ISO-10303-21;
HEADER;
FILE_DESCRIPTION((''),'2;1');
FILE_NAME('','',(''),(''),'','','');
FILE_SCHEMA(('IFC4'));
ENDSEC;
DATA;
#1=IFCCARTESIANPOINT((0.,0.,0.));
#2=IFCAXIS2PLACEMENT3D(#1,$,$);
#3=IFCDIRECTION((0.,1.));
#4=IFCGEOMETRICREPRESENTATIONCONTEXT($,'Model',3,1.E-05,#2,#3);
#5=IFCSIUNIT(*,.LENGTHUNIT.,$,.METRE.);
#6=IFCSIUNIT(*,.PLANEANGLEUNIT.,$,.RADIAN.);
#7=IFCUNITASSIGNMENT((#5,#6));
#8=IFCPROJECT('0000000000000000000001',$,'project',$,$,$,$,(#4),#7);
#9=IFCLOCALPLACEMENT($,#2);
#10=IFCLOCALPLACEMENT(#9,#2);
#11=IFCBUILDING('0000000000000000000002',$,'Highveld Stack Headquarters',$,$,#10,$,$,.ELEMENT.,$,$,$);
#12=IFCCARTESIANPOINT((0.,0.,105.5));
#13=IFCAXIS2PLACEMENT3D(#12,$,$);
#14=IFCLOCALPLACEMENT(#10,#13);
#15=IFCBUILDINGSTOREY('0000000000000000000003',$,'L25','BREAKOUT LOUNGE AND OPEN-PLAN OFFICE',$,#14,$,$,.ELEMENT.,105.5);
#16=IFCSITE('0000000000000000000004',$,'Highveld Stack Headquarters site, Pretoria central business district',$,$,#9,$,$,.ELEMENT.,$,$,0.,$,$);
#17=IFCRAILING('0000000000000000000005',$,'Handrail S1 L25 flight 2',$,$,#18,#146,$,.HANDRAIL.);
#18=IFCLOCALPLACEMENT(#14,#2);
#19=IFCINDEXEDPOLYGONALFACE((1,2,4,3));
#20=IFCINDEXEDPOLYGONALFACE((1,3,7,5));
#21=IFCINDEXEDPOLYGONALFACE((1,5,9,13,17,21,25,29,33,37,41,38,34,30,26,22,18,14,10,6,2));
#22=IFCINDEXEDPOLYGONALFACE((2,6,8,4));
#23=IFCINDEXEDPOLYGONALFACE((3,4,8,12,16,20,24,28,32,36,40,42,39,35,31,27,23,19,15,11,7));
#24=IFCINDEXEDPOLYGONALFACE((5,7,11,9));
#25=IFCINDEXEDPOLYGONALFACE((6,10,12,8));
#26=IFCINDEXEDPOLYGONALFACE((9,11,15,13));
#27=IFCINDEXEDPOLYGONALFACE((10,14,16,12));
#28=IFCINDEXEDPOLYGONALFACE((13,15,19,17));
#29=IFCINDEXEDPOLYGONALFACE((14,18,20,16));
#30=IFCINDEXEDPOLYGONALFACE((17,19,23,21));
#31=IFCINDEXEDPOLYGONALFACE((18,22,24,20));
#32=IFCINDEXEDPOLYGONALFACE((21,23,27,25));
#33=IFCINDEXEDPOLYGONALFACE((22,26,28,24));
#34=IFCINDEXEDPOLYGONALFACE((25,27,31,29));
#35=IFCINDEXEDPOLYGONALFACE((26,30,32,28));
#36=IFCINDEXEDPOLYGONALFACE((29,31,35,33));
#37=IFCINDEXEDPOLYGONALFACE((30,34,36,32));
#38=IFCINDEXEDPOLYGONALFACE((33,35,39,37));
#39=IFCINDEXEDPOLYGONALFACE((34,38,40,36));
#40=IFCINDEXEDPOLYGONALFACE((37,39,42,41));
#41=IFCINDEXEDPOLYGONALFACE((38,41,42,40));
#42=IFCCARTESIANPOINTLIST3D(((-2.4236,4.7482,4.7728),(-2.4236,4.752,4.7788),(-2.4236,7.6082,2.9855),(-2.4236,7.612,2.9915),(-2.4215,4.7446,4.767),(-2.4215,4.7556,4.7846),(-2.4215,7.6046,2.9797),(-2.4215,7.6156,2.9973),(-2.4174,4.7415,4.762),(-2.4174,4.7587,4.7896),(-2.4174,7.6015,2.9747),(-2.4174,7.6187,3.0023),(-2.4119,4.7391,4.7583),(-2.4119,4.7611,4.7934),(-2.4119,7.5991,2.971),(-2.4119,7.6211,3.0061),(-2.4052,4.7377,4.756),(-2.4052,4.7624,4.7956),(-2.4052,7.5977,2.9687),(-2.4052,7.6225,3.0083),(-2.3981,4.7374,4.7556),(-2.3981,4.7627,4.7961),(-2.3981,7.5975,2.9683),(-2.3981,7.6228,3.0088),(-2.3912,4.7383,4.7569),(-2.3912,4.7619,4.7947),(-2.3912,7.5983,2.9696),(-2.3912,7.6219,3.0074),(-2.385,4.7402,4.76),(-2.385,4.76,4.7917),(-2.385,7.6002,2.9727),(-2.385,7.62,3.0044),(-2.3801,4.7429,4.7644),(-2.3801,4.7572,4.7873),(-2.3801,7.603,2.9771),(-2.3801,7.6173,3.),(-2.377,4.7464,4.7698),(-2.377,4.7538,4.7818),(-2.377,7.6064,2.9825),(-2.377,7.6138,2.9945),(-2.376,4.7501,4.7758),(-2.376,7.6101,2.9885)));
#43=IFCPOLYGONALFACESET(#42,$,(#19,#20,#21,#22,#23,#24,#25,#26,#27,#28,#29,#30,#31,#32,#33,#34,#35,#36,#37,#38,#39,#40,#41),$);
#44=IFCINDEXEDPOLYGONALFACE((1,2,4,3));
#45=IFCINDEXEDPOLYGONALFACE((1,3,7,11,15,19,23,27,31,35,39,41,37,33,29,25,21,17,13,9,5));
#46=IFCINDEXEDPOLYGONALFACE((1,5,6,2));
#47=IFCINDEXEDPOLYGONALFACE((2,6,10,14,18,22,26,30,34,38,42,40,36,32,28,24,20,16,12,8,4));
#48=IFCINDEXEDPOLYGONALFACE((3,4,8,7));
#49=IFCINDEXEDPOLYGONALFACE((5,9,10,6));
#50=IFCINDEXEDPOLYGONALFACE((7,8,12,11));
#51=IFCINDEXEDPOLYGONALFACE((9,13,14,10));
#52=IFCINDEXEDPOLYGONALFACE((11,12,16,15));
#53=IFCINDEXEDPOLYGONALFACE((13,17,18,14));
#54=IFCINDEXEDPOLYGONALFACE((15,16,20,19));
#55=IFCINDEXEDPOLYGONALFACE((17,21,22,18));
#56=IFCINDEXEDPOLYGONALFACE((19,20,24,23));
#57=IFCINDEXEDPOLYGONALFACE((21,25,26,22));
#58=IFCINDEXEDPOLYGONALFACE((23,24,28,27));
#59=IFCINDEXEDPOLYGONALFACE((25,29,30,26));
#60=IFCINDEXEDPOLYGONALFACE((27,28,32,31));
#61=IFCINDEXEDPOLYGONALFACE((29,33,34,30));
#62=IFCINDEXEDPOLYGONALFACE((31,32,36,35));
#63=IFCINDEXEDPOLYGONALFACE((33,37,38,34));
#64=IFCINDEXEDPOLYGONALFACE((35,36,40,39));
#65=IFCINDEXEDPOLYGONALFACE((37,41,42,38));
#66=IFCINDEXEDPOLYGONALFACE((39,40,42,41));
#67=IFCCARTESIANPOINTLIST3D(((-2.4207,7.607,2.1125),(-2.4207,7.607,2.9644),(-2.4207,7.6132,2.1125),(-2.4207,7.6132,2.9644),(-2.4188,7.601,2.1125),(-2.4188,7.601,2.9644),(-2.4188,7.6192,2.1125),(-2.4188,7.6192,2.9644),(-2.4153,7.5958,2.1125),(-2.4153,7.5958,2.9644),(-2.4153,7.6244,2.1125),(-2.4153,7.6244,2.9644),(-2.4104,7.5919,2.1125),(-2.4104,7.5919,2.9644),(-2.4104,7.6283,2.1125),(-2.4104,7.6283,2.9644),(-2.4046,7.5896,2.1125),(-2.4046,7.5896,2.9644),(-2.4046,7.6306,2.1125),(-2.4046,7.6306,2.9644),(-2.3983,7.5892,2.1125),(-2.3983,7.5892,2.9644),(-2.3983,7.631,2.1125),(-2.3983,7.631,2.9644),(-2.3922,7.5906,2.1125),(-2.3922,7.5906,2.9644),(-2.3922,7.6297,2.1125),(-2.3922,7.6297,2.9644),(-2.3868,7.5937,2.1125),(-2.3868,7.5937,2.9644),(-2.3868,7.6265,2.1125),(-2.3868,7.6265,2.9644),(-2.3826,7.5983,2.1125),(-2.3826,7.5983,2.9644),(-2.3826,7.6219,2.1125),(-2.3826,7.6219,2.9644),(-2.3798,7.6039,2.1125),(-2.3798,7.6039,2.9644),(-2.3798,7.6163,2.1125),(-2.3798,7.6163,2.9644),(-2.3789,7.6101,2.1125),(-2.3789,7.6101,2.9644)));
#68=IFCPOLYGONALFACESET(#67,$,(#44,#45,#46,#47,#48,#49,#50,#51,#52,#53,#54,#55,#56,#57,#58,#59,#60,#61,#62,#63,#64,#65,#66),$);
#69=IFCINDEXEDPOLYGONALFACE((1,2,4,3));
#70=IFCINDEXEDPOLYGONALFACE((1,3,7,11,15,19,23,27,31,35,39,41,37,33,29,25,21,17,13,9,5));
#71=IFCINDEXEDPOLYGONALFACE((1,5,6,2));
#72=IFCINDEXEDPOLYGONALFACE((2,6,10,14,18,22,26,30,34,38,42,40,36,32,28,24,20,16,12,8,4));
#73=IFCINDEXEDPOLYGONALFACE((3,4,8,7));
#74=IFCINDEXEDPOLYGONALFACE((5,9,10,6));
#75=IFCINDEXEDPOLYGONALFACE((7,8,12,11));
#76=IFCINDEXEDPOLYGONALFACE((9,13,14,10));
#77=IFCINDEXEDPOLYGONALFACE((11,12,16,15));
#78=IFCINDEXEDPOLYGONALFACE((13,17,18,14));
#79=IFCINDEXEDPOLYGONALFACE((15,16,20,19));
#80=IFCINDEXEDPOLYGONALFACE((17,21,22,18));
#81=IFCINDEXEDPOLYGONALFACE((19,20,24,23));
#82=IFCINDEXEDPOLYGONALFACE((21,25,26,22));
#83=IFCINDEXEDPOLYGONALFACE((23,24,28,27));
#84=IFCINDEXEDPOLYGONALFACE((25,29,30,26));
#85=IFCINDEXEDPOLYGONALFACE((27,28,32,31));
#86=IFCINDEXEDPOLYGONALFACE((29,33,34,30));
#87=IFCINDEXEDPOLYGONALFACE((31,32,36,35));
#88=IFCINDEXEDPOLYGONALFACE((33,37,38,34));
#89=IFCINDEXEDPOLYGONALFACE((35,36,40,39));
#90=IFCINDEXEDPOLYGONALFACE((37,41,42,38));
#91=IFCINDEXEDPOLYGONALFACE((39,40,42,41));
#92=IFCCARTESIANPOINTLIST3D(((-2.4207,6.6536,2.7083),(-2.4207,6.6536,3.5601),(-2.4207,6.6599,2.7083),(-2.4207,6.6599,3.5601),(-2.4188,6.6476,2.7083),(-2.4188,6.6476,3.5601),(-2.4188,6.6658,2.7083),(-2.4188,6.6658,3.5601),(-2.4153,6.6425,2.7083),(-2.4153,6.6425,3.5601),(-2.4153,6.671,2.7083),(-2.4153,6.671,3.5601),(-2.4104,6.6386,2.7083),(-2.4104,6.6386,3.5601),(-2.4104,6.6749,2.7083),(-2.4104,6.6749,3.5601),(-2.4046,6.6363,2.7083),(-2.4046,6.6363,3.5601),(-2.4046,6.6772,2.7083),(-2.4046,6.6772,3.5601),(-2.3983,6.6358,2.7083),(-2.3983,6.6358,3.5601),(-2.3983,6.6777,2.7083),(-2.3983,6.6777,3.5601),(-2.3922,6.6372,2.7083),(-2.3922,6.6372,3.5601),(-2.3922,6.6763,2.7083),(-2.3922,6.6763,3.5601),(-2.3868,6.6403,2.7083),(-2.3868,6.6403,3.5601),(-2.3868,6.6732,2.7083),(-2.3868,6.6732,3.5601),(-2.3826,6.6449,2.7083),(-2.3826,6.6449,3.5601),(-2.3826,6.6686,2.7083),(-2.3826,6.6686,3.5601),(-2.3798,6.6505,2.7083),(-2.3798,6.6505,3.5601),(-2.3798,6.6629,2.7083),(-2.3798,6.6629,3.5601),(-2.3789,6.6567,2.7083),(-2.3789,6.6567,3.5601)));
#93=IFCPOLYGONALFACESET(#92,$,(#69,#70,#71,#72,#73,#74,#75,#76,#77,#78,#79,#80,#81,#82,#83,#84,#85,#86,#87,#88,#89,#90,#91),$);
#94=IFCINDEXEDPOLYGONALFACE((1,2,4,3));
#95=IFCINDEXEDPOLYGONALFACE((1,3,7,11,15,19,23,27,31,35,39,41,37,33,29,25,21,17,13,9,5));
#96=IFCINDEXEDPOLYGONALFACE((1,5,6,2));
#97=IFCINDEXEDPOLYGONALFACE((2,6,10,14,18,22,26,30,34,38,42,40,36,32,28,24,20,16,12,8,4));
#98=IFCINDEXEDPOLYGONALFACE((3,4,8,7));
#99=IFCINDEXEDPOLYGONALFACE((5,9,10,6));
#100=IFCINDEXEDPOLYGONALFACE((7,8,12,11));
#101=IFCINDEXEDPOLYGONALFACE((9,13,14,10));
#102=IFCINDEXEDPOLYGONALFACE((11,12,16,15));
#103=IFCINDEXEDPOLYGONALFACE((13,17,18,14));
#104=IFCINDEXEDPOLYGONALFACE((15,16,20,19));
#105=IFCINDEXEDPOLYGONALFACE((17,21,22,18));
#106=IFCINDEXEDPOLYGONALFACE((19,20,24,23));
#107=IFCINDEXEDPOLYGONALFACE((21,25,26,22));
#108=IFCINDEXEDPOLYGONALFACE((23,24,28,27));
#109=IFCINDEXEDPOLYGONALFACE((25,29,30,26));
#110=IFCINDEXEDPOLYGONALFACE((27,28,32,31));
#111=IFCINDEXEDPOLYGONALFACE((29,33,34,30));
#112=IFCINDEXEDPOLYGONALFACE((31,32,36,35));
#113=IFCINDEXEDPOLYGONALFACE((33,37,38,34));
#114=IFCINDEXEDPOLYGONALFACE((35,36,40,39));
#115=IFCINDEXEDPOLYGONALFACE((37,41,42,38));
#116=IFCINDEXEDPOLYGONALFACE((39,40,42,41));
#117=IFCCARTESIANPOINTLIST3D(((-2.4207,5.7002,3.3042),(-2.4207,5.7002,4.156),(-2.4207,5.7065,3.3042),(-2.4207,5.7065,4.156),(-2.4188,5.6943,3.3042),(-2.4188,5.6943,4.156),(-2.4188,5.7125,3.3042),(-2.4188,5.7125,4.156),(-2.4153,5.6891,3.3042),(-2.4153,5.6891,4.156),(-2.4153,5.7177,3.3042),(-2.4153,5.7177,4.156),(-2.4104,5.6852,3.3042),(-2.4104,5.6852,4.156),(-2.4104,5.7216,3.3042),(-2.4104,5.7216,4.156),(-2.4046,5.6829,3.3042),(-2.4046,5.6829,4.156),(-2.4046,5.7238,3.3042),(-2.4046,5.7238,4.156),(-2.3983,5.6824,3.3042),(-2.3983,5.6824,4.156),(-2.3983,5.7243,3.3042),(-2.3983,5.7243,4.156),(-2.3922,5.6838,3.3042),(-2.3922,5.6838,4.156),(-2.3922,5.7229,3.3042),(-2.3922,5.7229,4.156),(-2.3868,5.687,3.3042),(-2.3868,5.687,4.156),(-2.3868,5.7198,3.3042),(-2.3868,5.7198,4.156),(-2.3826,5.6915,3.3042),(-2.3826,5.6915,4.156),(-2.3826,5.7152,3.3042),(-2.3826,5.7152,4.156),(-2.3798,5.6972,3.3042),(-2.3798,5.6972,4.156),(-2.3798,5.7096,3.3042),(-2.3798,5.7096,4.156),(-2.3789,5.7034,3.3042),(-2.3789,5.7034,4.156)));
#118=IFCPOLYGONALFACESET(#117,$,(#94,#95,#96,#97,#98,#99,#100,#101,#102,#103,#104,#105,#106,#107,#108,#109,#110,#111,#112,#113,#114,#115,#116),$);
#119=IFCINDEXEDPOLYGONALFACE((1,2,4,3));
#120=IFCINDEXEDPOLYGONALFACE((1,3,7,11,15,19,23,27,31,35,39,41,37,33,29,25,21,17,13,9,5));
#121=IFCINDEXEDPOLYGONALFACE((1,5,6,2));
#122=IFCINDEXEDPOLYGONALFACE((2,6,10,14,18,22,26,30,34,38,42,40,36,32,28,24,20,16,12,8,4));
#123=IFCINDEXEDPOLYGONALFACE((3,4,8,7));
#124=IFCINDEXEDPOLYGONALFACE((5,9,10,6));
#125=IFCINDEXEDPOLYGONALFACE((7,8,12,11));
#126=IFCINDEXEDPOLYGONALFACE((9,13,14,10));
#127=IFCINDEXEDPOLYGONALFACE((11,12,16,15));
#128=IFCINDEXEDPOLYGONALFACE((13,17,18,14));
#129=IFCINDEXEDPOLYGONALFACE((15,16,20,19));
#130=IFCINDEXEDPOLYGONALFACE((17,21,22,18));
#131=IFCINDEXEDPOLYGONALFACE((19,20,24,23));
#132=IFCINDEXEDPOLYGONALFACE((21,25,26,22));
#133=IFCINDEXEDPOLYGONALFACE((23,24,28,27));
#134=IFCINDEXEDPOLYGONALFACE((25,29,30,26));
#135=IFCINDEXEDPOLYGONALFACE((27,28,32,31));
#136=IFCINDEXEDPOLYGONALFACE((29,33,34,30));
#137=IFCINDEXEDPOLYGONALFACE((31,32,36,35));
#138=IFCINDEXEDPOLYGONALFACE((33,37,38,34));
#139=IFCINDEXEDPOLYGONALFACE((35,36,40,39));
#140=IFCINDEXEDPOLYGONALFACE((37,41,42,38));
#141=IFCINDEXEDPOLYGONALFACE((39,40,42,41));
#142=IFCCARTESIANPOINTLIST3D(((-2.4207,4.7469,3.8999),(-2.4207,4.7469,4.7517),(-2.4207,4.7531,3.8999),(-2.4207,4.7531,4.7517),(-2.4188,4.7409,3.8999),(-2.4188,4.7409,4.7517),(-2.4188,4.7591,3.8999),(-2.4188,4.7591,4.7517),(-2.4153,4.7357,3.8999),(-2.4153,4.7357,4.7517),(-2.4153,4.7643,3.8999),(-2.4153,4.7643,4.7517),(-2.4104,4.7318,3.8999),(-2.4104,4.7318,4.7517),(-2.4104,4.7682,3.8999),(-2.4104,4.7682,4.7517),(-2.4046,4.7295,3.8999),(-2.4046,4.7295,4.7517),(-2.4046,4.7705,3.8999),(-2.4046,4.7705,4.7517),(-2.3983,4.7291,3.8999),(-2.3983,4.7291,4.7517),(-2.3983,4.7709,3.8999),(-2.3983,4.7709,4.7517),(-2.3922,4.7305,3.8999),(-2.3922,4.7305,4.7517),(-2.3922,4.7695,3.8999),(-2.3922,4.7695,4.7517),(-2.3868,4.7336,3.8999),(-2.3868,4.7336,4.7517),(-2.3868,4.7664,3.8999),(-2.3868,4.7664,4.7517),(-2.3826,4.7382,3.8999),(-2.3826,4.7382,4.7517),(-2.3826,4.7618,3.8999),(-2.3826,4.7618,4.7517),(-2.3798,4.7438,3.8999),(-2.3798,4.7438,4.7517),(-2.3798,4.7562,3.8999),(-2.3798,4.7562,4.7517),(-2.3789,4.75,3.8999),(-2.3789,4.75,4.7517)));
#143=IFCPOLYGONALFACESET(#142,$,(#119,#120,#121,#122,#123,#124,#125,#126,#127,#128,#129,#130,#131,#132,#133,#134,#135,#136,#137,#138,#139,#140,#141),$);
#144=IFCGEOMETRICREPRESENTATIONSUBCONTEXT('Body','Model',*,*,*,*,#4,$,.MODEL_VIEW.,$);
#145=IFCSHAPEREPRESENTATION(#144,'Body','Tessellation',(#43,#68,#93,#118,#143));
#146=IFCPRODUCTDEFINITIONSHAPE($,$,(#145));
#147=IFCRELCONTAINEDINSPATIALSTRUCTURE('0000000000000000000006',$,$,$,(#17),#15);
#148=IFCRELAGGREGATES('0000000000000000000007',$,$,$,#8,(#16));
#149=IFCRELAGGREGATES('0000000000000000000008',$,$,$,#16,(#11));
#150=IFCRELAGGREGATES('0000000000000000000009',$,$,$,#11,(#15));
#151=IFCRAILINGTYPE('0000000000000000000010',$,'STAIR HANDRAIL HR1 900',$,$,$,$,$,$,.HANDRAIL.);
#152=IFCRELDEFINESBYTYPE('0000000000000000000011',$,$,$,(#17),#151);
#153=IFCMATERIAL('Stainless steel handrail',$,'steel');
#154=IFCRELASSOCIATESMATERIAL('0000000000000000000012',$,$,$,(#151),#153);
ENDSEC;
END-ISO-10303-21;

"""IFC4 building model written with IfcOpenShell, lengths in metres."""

from ifc_helpers import new_model, si_unit, direction, frame, origin, origin_2d, place, context, subcontext, project, spatial, circle, extrude, material, type_object, element, save


model = new_model("IFC4")

# Units and contexts
model_context = context("Model", 3, precision=1e-05, world=origin(), true_north=direction((0.0, 1.0)))
body_context = subcontext(model_context, "Body", "Model", "MODEL_VIEW")
ifc_project = project(units=[si_unit("LENGTHUNIT", "METRE"), si_unit("PLANEANGLEUNIT", "RADIAN")], contexts=[model_context])

# Site, building, storey
site_placement = place(None, origin())
site = spatial("IfcSite", under=ifc_project, at=site_placement, Name="Highveld Stack Headquarters site, Pretoria central business district", CompositionType="ELEMENT", RefElevation=0.0)
building_placement = place(site_placement, origin())
building = spatial("IfcBuilding", under=site, at=building_placement, Name="Highveld Stack Headquarters", CompositionType="ELEMENT")
storey_placement = place(building_placement, frame((0.0, 0.0, 105.5)))
storey = spatial("IfcBuildingStorey", under=building, at=storey_placement, Name="L25", Description="BREAKOUT LOUNGE AND OPEN-PLAN OFFICE", CompositionType="ELEMENT", Elevation=105.5)

# Railing
ifc_material_1 = material(Name="Stainless steel handrail", Category="steel")
railing_type = type_object("IfcRailingType", Name="STAIR HANDRAIL HR1 900", PredefinedType="HANDRAIL", material=ifc_material_1)
for number, where, name in (
    (1, (-2.3999, 7.6101, 2.1125), "Handrail S1 L25 flight 2"),
):
    element("IfcRailing", number, at=place(storey_placement, frame(where)), inside=storey, type_object=railing_type, Name=name, PredefinedType="HANDRAIL", context=body_context, shape_type="SweptSolid", body=[
        extrude(circle(Radius=0.0239, at=origin_2d()), frame((0.0, 0.0, 0.876), z_axis=(0.0, -0.848027, 0.529953), x_axis=(1.0, 0.0, 0.0)), (0.0, 0.0, 1.0), 3.3726),
        extrude(circle(Radius=0.021, at=origin_2d()), origin(), (0.0, 0.0, 1.0), 0.8518),
        extrude(circle(Radius=0.021, at=origin_2d()), frame((0.0, -0.9534, 0.5957)), (0.0, 0.0, 1.0), 0.8518),
        extrude(circle(Radius=0.021, at=origin_2d()), frame((0.0, -1.9067, 1.1917)), (0.0, 0.0, 1.0), 0.8518),
        extrude(circle(Radius=0.021, at=origin_2d()), frame((0.0, -2.8601, 1.7874)), (0.0, 0.0, 1.0), 0.8518),
    ])

save(model, "model.ifc")
